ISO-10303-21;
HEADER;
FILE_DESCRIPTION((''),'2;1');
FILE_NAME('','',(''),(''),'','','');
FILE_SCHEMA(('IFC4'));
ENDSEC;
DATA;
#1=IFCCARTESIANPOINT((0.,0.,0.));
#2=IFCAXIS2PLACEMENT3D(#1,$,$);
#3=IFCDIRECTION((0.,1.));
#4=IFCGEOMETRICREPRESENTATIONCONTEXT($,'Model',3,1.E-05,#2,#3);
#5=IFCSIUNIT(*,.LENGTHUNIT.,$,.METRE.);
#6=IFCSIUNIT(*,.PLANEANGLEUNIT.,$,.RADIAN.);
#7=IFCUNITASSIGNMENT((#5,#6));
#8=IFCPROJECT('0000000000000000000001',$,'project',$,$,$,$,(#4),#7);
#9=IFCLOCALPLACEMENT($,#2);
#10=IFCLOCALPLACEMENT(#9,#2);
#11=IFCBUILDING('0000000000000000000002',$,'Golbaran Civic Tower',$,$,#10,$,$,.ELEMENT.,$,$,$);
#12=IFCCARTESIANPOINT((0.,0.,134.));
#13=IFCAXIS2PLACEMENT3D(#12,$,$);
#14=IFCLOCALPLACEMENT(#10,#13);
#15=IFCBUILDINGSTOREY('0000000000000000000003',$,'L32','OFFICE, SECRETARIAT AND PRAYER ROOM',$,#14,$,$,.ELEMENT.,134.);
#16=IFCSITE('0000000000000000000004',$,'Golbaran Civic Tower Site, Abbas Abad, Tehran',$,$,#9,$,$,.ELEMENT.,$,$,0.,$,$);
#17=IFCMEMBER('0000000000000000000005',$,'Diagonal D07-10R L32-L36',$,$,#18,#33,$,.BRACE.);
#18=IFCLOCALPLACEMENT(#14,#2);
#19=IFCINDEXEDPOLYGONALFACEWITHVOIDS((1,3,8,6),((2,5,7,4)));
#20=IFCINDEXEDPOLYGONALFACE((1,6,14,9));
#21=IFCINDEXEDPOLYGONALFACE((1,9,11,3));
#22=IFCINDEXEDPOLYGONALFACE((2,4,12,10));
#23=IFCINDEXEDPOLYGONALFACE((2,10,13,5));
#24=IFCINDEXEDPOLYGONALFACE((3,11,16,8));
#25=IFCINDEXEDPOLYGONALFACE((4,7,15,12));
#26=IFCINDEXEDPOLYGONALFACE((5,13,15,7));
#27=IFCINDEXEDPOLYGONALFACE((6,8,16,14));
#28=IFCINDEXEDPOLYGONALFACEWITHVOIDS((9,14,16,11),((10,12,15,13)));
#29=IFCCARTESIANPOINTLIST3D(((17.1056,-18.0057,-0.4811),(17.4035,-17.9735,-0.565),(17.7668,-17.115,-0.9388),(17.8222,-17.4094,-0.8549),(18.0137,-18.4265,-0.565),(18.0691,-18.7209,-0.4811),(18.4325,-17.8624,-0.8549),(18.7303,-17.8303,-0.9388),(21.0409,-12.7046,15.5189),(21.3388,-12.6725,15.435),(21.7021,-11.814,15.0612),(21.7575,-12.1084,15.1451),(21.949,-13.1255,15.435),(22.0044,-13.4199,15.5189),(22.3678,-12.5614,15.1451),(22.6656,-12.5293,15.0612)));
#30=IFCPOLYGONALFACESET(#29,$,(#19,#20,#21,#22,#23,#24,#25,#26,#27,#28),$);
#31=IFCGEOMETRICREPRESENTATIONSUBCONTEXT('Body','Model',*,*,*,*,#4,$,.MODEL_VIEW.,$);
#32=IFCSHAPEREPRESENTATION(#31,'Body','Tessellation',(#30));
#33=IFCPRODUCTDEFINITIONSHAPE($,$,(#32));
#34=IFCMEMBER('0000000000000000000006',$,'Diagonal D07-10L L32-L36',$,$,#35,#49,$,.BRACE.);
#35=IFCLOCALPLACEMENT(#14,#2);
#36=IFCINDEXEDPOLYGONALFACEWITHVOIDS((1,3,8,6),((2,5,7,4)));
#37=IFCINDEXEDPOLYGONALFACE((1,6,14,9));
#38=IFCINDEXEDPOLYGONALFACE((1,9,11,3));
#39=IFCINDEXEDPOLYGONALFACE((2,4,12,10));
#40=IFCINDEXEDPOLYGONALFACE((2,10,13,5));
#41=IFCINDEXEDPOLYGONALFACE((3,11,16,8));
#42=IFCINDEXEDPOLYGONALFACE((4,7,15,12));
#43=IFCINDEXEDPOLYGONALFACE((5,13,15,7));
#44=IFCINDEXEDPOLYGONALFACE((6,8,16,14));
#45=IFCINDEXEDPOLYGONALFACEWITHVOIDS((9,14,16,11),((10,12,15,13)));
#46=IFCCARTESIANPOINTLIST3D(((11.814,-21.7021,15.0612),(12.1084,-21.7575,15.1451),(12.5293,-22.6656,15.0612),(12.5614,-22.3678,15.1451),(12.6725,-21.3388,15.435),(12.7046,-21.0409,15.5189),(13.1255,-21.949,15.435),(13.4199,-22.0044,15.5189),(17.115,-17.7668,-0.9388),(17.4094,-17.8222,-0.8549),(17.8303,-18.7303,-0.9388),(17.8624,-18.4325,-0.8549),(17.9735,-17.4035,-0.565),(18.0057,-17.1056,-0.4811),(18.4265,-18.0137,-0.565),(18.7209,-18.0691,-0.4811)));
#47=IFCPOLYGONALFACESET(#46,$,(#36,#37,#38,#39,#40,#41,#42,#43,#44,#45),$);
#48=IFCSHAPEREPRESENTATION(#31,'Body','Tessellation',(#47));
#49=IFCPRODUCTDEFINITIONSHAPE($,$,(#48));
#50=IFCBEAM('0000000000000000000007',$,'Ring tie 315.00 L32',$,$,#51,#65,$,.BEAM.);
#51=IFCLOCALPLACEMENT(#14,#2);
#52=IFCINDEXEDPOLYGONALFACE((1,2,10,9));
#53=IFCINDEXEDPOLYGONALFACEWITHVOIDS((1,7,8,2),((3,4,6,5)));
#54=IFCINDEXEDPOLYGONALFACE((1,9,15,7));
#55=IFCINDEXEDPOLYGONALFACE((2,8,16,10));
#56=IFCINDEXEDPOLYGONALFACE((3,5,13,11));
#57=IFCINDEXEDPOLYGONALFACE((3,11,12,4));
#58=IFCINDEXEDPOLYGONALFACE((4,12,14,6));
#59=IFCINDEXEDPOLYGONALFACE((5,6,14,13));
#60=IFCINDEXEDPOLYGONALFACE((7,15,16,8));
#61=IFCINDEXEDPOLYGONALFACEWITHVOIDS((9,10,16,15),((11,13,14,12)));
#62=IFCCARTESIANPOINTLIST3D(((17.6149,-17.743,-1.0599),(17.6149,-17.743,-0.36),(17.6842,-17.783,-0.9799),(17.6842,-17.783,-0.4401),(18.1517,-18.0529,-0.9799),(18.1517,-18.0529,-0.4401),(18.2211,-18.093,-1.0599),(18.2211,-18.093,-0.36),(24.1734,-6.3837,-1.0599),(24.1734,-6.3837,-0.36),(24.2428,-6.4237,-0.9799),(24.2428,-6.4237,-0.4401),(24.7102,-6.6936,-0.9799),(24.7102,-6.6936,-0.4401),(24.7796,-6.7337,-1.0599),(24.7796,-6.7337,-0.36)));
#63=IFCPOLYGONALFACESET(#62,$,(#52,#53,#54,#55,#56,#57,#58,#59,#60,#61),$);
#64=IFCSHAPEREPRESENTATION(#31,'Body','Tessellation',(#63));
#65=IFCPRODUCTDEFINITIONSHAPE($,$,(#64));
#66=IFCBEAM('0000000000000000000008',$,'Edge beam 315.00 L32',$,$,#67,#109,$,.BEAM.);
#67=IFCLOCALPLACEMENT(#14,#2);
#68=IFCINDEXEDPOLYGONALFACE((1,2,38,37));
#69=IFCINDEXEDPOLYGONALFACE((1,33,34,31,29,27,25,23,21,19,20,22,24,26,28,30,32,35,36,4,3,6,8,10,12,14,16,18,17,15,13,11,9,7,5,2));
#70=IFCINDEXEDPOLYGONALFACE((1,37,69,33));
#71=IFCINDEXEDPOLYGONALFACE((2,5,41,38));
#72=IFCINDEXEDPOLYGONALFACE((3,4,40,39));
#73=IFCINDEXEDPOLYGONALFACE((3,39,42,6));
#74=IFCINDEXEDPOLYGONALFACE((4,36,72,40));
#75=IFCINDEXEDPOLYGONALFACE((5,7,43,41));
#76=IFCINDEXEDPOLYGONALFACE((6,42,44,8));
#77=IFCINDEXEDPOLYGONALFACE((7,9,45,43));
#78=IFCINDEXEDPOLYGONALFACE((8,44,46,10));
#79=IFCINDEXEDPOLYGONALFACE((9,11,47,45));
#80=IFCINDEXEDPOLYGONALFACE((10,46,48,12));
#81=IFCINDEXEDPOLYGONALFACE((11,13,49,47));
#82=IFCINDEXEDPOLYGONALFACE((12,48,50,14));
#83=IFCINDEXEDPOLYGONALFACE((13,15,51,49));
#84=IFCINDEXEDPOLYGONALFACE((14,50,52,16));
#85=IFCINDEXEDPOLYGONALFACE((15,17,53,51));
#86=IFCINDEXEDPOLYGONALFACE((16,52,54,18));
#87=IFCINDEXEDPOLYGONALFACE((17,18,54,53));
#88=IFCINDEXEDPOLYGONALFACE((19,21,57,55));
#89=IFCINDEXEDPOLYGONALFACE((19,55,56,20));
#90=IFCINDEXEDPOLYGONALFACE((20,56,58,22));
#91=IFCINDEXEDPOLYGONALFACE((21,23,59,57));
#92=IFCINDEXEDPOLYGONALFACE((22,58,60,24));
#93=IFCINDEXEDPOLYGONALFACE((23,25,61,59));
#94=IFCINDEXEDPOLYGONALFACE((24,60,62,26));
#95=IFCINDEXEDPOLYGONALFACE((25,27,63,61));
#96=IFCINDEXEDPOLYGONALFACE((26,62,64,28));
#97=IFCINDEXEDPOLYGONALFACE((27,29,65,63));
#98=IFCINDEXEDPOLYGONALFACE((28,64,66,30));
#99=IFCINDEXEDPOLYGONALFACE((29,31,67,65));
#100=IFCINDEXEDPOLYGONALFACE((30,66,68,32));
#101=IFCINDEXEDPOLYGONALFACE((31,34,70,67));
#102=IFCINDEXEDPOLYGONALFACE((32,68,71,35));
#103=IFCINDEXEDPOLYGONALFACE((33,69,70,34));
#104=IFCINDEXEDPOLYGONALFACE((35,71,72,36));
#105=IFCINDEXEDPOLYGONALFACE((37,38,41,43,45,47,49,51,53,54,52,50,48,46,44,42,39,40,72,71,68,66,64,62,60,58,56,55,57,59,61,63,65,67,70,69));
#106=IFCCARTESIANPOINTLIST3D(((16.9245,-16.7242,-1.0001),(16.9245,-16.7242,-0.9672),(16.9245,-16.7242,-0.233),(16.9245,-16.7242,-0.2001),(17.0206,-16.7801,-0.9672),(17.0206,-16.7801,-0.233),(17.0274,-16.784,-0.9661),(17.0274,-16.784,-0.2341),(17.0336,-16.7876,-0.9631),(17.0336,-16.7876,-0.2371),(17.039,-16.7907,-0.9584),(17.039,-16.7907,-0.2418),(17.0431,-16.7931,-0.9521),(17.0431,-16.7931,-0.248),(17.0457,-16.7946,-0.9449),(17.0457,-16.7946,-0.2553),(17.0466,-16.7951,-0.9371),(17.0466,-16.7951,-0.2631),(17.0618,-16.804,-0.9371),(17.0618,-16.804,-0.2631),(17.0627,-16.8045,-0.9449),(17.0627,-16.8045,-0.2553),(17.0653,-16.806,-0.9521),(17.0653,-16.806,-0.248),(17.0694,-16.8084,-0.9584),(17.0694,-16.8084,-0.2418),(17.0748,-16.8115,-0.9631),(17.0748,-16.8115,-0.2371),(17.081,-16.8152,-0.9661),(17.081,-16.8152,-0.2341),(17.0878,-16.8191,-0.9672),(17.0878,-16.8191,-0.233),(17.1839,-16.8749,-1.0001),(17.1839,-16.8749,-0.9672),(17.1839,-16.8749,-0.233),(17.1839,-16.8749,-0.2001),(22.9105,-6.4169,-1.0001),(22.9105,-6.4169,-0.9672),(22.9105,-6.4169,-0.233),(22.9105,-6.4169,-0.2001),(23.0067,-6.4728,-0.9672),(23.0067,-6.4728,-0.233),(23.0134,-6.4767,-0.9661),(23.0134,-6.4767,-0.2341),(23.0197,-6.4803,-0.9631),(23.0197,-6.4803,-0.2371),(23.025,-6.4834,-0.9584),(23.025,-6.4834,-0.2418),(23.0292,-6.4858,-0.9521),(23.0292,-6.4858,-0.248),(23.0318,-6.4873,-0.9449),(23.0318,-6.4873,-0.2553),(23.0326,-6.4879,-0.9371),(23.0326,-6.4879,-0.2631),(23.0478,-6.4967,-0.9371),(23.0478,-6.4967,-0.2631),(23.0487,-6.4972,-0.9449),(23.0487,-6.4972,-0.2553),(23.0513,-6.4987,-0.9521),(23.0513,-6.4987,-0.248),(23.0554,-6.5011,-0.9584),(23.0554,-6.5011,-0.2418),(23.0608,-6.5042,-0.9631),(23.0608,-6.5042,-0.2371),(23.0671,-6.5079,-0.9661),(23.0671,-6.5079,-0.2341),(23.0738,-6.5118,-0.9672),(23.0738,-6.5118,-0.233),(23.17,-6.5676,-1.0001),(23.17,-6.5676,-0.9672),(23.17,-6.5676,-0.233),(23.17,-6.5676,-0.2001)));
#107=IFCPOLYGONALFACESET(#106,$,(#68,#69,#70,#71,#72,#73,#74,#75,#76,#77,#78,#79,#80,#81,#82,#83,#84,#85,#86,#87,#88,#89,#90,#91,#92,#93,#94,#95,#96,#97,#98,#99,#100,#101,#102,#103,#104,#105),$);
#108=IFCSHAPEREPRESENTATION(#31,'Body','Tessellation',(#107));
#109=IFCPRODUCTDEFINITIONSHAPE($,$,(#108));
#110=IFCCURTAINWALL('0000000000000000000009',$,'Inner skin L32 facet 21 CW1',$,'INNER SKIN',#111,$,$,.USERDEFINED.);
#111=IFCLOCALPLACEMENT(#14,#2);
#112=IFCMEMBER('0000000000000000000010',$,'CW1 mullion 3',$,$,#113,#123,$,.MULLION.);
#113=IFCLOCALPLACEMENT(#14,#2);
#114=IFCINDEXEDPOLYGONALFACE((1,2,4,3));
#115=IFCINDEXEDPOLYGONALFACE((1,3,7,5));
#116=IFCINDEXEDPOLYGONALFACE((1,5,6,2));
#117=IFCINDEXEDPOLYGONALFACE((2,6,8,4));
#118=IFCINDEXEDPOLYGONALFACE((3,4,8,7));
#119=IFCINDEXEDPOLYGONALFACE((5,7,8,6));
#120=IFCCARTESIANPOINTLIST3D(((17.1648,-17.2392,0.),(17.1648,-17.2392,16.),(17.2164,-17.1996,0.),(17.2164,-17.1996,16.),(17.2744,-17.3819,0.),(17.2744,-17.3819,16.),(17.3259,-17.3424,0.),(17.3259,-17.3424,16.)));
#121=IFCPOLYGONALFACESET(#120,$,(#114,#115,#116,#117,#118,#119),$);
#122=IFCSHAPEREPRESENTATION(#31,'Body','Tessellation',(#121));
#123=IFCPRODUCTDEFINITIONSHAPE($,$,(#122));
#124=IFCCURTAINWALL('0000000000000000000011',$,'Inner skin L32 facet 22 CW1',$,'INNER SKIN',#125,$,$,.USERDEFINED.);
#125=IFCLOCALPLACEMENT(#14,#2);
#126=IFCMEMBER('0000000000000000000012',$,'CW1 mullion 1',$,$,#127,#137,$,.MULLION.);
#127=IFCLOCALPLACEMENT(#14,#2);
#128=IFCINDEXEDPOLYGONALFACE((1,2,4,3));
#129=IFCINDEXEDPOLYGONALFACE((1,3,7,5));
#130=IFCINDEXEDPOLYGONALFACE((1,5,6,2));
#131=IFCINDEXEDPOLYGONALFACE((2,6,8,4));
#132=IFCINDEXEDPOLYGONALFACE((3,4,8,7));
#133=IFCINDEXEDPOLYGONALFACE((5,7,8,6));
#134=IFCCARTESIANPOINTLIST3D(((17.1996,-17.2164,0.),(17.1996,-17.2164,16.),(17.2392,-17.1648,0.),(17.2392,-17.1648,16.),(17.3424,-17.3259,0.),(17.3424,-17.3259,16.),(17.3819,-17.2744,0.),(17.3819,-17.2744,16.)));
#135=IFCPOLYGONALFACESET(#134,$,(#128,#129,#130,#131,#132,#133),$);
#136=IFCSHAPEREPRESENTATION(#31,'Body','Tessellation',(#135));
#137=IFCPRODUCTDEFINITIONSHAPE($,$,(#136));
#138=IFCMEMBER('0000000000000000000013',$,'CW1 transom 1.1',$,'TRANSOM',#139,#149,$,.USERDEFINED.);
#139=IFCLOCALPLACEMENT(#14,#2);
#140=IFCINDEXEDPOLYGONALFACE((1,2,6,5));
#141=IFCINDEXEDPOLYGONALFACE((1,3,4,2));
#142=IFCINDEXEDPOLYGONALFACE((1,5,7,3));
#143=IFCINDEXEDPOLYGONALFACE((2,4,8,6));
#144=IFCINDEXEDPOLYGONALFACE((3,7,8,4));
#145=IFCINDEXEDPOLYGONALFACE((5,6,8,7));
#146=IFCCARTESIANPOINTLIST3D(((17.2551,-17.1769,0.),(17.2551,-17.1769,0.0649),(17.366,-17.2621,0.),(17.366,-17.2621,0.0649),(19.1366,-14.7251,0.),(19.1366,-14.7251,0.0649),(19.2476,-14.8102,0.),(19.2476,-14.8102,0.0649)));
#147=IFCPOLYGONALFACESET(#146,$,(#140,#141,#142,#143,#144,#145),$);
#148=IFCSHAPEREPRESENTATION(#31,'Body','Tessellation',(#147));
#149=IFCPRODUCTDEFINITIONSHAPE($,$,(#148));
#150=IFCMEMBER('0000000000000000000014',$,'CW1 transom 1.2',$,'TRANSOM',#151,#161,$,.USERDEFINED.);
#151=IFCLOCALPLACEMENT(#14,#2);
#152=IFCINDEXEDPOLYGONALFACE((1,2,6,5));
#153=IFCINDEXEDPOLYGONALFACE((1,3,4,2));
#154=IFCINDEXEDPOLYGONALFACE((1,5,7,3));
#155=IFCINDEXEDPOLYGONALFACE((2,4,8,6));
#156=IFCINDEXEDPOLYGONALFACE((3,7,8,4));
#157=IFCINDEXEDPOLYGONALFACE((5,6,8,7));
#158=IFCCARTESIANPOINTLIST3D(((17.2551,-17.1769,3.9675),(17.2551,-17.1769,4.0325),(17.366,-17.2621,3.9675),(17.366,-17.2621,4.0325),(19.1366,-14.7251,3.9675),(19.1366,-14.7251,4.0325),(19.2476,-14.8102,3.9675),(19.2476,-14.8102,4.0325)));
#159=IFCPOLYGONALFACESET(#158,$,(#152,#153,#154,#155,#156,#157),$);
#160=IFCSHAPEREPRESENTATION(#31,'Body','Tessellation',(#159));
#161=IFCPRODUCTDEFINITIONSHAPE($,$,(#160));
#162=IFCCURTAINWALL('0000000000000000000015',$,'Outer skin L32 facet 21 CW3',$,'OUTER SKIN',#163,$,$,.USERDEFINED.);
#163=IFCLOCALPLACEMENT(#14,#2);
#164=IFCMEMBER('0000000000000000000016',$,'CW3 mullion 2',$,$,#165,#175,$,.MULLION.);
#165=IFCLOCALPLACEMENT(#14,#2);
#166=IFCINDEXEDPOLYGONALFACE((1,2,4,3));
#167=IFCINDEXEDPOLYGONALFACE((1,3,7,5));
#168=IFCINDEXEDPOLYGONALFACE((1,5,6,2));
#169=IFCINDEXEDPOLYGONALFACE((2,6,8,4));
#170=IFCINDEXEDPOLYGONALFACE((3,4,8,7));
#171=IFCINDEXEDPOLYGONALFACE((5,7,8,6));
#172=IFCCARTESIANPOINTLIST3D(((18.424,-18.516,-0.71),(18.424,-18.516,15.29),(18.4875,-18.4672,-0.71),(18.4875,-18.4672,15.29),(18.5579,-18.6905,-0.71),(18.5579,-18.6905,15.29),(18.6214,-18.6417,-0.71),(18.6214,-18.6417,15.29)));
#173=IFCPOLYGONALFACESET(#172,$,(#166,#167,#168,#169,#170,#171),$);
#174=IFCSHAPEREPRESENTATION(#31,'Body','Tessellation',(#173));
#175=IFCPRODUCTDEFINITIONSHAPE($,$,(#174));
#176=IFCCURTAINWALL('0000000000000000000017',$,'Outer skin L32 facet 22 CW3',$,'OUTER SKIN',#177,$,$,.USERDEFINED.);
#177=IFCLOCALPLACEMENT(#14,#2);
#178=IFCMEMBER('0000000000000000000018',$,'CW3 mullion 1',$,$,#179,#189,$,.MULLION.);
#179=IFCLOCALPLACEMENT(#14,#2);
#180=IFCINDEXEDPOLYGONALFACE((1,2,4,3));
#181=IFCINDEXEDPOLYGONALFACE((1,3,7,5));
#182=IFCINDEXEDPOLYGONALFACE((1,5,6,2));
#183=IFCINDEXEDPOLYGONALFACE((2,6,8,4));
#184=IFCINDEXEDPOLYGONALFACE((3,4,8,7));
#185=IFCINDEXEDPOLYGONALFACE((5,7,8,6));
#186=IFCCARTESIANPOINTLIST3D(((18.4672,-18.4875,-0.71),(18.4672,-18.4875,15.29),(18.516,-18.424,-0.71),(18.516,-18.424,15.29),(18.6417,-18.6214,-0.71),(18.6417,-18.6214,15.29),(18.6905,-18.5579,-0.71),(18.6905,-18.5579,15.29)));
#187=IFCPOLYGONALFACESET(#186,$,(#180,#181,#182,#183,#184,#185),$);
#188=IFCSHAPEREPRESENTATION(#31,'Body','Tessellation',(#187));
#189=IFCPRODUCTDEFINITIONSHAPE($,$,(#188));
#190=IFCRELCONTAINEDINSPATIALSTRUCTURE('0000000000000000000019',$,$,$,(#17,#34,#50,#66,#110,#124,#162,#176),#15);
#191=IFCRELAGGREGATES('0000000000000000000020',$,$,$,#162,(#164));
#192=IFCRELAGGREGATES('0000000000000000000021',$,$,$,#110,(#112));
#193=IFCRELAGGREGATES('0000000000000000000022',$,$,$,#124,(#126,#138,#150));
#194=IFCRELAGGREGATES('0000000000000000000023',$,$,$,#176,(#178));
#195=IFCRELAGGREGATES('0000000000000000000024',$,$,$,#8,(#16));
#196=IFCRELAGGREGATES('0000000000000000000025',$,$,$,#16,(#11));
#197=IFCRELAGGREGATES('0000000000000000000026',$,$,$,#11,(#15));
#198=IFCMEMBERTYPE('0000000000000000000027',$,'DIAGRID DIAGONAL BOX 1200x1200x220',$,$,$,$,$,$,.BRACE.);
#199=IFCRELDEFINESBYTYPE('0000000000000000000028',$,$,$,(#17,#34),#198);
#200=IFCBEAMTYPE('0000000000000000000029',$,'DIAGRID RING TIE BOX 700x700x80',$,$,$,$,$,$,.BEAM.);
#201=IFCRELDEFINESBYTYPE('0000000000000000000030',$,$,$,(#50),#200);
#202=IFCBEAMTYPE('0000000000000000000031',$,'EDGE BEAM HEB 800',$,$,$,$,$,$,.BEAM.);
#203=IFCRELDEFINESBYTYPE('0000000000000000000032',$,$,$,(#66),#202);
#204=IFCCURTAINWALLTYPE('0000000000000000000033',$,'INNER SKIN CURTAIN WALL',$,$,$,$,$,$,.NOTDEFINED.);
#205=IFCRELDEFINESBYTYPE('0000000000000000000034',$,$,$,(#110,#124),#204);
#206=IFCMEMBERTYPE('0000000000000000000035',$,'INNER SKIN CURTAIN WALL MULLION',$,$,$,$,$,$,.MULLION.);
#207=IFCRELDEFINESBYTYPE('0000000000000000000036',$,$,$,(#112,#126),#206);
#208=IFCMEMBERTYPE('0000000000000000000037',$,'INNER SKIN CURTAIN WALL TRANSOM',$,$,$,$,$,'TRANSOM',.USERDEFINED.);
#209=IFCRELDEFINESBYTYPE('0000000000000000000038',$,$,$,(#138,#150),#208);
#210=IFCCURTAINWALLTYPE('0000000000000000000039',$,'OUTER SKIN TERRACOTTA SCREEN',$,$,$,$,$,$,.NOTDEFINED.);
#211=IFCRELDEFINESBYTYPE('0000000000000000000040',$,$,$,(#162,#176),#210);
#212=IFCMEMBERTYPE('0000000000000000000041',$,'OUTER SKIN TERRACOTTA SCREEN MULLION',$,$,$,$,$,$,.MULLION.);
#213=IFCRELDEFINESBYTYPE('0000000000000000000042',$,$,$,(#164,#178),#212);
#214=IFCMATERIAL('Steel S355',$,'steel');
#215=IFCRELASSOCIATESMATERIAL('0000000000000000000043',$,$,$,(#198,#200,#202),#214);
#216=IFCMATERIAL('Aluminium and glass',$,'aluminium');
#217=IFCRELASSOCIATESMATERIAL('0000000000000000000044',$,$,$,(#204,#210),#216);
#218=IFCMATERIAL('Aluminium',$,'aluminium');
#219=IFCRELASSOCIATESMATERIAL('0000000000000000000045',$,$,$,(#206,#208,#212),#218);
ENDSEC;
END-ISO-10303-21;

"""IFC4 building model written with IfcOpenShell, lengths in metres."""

from ifc_helpers import new_model, si_unit, direction, frame, origin, origin_2d, place, context, subcontext, project, spatial, rectangle, hollow_rectangle, i_section, extrude, material, material_profile, profile_set, type_object, element, aggregate, save


model = new_model("IFC4")

# Units and contexts
model_context = context("Model", 3, precision=1e-05, world=origin(), true_north=direction((0.0, 1.0)))
body_context = subcontext(model_context, "Body", "Model", "MODEL_VIEW")
ifc_project = project(units=[si_unit("LENGTHUNIT", "METRE"), si_unit("PLANEANGLEUNIT", "RADIAN")], contexts=[model_context])

# Site, building, storey
site_placement = place(None, origin())
site = spatial("IfcSite", under=ifc_project, at=site_placement, Name="Golbaran Civic Tower Site, Abbas Abad, Tehran", CompositionType="ELEMENT", RefElevation=0.0)
building_placement = place(site_placement, origin())
building = spatial("IfcBuilding", under=site, at=building_placement, Name="Golbaran Civic Tower", CompositionType="ELEMENT")
storey_placement = place(building_placement, frame((0.0, 0.0, 134.0)))
storey = spatial("IfcBuildingStorey", under=building, at=storey_placement, Name="L32", Description="OFFICE, SECRETARIAT AND PRAYER ROOM", CompositionType="ELEMENT", Elevation=134.0)

# Members
ifc_material_1 = material(Name="Steel S355", Category="steel")
ifc_material_profile_1 = material_profile(ifc_material_1, hollow_rectangle(XDim=1.2, YDim=1.2, WallThickness=0.22, at=origin_2d()), Name="BOX 1200x1200x220")
ifc_profile_set_1 = profile_set([ifc_material_profile_1], Name="Steel S355")
member_type_1 = type_object("IfcMemberType", Name="DIAGRID DIAGONAL BOX 1200x1200x220", PredefinedType="BRACE", material=ifc_profile_set_1)
for number, where, z_axis, x_axis, name in (
    (1, (17.918, -17.918, -0.71), (0.227361, 0.306265, 0.924396), (-0.802932, 0.59607, 0.0), "Diagonal D07-10R L32-L36"),
    (2, (17.918, -17.918, -0.71), (-0.306265, -0.227361, 0.924396), (0.59607, -0.802932, 0.0), "Diagonal D07-10L L32-L36"),
):
    element("IfcMember", number, at=place(storey_placement, frame(where, z_axis=z_axis, x_axis=x_axis)), inside=storey, type_object=member_type_1, Name=name, PredefinedType="BRACE", context=body_context, shape_type="SweptSolid", body=[
        extrude(hollow_rectangle(XDim=1.2, YDim=1.2, WallThickness=0.22, at=origin_2d()), origin(), (0.0, 0.0, 1.0), 17.3086),
    ])

# Beams
ifc_material_profile_2 = material_profile(ifc_material_1, hollow_rectangle(XDim=0.7, YDim=0.7, WallThickness=0.0801, at=origin_2d()), Name="BOX 700x700x80")
ifc_profile_set_2 = profile_set([ifc_material_profile_2], Name="Steel S355")
beam_type_1 = type_object("IfcBeamType", Name="DIAGRID RING TIE BOX 700x700x80", PredefinedType="BEAM", material=ifc_profile_set_2)
beam_1_placement = place(storey_placement, frame((17.918, -17.918, -0.71), z_axis=(0.500015, 0.866017, 0.0), x_axis=(-0.866017, 0.500015, 0.0)))
element("IfcBeam", 3, at=beam_1_placement, inside=storey, type_object=beam_type_1, Name="Ring tie 315.00 L32", PredefinedType="BEAM", context=body_context, shape_type="SweptSolid", body=[
    extrude(hollow_rectangle(XDim=0.7, YDim=0.7, WallThickness=0.0801, at=origin_2d()), origin(), (0.0, 0.0, 1.0), 13.1167),
])
ifc_material_profile_3 = material_profile(ifc_material_1, i_section(OverallWidth=0.3, OverallDepth=0.8, WebThickness=0.0176, FlangeThickness=0.033, FilletRadius=0.03, at=origin_2d()), Name="HEB 800")
ifc_profile_set_3 = profile_set([ifc_material_profile_3], Name="Steel S355")
beam_type_2 = type_object("IfcBeamType", Name="EDGE BEAM HEB 800", PredefinedType="BEAM", material=ifc_profile_set_3)
beam_2_placement = place(storey_placement, frame((17.0542, -16.7996, -0.6001), z_axis=(0.502208, 0.864747, 0.0), x_axis=(-0.864747, 0.502208, 0.0)))
element("IfcBeam", 4, at=beam_2_placement, inside=storey, type_object=beam_type_2, Name="Edge beam 315.00 L32", PredefinedType="BEAM", context=body_context, shape_type="SweptSolid", body=[
    extrude(i_section(OverallWidth=0.3, OverallDepth=0.8, WebThickness=0.0176, FlangeThickness=0.033, FilletRadius=0.03, at=origin_2d()), origin(), (0.0, 0.0, 1.0), 11.9194),
])

# Curtain wall, member
ifc_material_2 = material(Name="Aluminium and glass", Category="aluminium")
curtain_wall_type_1 = type_object("IfcCurtainWallType", Name="INNER SKIN CURTAIN WALL", PredefinedType="NOTDEFINED", material=ifc_material_2)
curtain_wall_1_placement = place(storey_placement, origin())
curtain_wall_1 = element("IfcCurtainWall", 5, at=curtain_wall_1_placement, inside=storey, type_object=curtain_wall_type_1, Name="Inner skin L32 facet 21 CW1", ObjectType="INNER SKIN", PredefinedType="USERDEFINED")
ifc_material_3 = material(Name="Aluminium", Category="aluminium")
ifc_material_profile_4 = material_profile(ifc_material_3, rectangle(XDim=0.1799, YDim=0.0649, at=origin_2d()), Name="INNER SKIN CURTAIN WALL MULLION")
ifc_profile_set_4 = profile_set([ifc_material_profile_4], Name="Aluminium")
member_type_2 = type_object("IfcMemberType", Name="INNER SKIN CURTAIN WALL MULLION", PredefinedType="MULLION", material=ifc_profile_set_4)
member_1_placement = place(storey_placement, frame((17.2454, -17.2908, 0.0), z_axis=(0.0, 0.0, 1.0), x_axis=(-0.608761, 0.793353, 0.0)))
member_1 = element("IfcMember", 6, at=member_1_placement, type_object=member_type_2, Name="CW1 mullion 3", PredefinedType="MULLION", context=body_context, shape_type="SweptSolid", body=[
    extrude(rectangle(XDim=0.1799, YDim=0.0649, at=origin_2d()), origin(), (0.0, 0.0, 1.0), 16.0),
])

# Curtain wall, members
curtain_wall_2_placement = place(storey_placement, origin())
curtain_wall_2 = element("IfcCurtainWall", 7, at=curtain_wall_2_placement, inside=storey, type_object=curtain_wall_type_1, Name="Inner skin L32 facet 22 CW1", ObjectType="INNER SKIN", PredefinedType="USERDEFINED")
member_2_placement = place(storey_placement, frame((17.2908, -17.2454, 0.0), z_axis=(0.0, 0.0, 1.0), x_axis=(-0.793353, 0.608761, 0.0)))
member_2 = element("IfcMember", 8, at=member_2_placement, type_object=member_type_2, Name="CW1 mullion 1", PredefinedType="MULLION", context=body_context, shape_type="SweptSolid", body=[
    extrude(rectangle(XDim=0.1799, YDim=0.0649, at=origin_2d()), origin(), (0.0, 0.0, 1.0), 16.0),
])
ifc_material_profile_5 = material_profile(ifc_material_3, rectangle(XDim=0.1399, YDim=0.0649, at=origin_2d()), Name="INNER SKIN CURTAIN WALL TRANSOM")
ifc_profile_set_5 = profile_set([ifc_material_profile_5], Name="Aluminium")
member_type_3 = type_object("IfcMemberType", Name="INNER SKIN CURTAIN WALL TRANSOM", ElementType="TRANSOM", PredefinedType="USERDEFINED", material=ifc_profile_set_5)
member_3_placement = place(storey_placement, frame((17.3105, -17.2195, 0.0325), z_axis=(0.608798, 0.793325, 0.0), x_axis=(-0.793325, 0.608798, 0.0)))
member_3 = element("IfcMember", 9, at=member_3_placement, type_object=member_type_3, Name="CW1 transom 1.1", ObjectType="TRANSOM", PredefinedType="USERDEFINED", context=body_context, shape_type="SweptSolid", body=[
    extrude(rectangle(XDim=0.1399, YDim=0.0649, at=origin_2d()), origin(), (0.0, 0.0, 1.0), 3.0906),
])
member_4_placement = place(storey_placement, frame((17.3105, -17.2195, 4.0), z_axis=(0.608798, 0.793325, 0.0), x_axis=(-0.793325, 0.608798, 0.0)))
member_4 = element("IfcMember", 10, at=member_4_placement, type_object=member_type_3, Name="CW1 transom 1.2", ObjectType="TRANSOM", PredefinedType="USERDEFINED", context=body_context, shape_type="SweptSolid", body=[
    extrude(rectangle(XDim=0.1399, YDim=0.0649, at=origin_2d()), origin(), (0.0, 0.0, 1.0), 3.0906),
])

# Curtain wall, member
curtain_wall_type_2 = type_object("IfcCurtainWallType", Name="OUTER SKIN TERRACOTTA SCREEN", PredefinedType="NOTDEFINED", material=ifc_material_2)
curtain_wall_3_placement = place(storey_placement, origin())
curtain_wall_3 = element("IfcCurtainWall", 11, at=curtain_wall_3_placement, inside=storey, type_object=curtain_wall_type_2, Name="Outer skin L32 facet 21 CW3", ObjectType="OUTER SKIN", PredefinedType="USERDEFINED")
ifc_material_profile_6 = material_profile(ifc_material_3, rectangle(XDim=0.22, YDim=0.0801, at=origin_2d()), Name="OUTER SKIN TERRACOTTA SCREEN MULLION")
ifc_profile_set_6 = profile_set([ifc_material_profile_6], Name="Aluminium")
member_type_4 = type_object("IfcMemberType", Name="OUTER SKIN TERRACOTTA SCREEN MULLION", PredefinedType="MULLION", material=ifc_profile_set_6)
member_5_placement = place(storey_placement, frame((18.5227, -18.5789, -0.71), z_axis=(0.0, 0.0, 1.0), x_axis=(-0.608761, 0.793353, 0.0)))
member_5 = element("IfcMember", 12, at=member_5_placement, type_object=member_type_4, Name="CW3 mullion 2", PredefinedType="MULLION", context=body_context, shape_type="SweptSolid", body=[
    extrude(rectangle(XDim=0.22, YDim=0.0801, at=origin_2d()), origin(), (0.0, 0.0, 1.0), 16.0),
])
aggregate(curtain_wall_3, [member_5])

# Curtain wall, member
curtain_wall_4_placement = place(storey_placement, origin())
curtain_wall_4 = element("IfcCurtainWall", 13, at=curtain_wall_4_placement, inside=storey, type_object=curtain_wall_type_2, Name="Outer skin L32 facet 22 CW3", ObjectType="OUTER SKIN", PredefinedType="USERDEFINED")
member_6_placement = place(storey_placement, frame((18.5789, -18.5227, -0.71), z_axis=(0.0, 0.0, 1.0), x_axis=(-0.793353, 0.608761, 0.0)))
member_6 = element("IfcMember", 14, at=member_6_placement, type_object=member_type_4, Name="CW3 mullion 1", PredefinedType="MULLION", context=body_context, shape_type="SweptSolid", body=[
    extrude(rectangle(XDim=0.22, YDim=0.0801, at=origin_2d()), origin(), (0.0, 0.0, 1.0), 16.0),
])

aggregate(curtain_wall_1, [member_1])
aggregate(curtain_wall_2, [member_2, member_3, member_4])
aggregate(curtain_wall_4, [member_6])

save(model, "model.ifc")
